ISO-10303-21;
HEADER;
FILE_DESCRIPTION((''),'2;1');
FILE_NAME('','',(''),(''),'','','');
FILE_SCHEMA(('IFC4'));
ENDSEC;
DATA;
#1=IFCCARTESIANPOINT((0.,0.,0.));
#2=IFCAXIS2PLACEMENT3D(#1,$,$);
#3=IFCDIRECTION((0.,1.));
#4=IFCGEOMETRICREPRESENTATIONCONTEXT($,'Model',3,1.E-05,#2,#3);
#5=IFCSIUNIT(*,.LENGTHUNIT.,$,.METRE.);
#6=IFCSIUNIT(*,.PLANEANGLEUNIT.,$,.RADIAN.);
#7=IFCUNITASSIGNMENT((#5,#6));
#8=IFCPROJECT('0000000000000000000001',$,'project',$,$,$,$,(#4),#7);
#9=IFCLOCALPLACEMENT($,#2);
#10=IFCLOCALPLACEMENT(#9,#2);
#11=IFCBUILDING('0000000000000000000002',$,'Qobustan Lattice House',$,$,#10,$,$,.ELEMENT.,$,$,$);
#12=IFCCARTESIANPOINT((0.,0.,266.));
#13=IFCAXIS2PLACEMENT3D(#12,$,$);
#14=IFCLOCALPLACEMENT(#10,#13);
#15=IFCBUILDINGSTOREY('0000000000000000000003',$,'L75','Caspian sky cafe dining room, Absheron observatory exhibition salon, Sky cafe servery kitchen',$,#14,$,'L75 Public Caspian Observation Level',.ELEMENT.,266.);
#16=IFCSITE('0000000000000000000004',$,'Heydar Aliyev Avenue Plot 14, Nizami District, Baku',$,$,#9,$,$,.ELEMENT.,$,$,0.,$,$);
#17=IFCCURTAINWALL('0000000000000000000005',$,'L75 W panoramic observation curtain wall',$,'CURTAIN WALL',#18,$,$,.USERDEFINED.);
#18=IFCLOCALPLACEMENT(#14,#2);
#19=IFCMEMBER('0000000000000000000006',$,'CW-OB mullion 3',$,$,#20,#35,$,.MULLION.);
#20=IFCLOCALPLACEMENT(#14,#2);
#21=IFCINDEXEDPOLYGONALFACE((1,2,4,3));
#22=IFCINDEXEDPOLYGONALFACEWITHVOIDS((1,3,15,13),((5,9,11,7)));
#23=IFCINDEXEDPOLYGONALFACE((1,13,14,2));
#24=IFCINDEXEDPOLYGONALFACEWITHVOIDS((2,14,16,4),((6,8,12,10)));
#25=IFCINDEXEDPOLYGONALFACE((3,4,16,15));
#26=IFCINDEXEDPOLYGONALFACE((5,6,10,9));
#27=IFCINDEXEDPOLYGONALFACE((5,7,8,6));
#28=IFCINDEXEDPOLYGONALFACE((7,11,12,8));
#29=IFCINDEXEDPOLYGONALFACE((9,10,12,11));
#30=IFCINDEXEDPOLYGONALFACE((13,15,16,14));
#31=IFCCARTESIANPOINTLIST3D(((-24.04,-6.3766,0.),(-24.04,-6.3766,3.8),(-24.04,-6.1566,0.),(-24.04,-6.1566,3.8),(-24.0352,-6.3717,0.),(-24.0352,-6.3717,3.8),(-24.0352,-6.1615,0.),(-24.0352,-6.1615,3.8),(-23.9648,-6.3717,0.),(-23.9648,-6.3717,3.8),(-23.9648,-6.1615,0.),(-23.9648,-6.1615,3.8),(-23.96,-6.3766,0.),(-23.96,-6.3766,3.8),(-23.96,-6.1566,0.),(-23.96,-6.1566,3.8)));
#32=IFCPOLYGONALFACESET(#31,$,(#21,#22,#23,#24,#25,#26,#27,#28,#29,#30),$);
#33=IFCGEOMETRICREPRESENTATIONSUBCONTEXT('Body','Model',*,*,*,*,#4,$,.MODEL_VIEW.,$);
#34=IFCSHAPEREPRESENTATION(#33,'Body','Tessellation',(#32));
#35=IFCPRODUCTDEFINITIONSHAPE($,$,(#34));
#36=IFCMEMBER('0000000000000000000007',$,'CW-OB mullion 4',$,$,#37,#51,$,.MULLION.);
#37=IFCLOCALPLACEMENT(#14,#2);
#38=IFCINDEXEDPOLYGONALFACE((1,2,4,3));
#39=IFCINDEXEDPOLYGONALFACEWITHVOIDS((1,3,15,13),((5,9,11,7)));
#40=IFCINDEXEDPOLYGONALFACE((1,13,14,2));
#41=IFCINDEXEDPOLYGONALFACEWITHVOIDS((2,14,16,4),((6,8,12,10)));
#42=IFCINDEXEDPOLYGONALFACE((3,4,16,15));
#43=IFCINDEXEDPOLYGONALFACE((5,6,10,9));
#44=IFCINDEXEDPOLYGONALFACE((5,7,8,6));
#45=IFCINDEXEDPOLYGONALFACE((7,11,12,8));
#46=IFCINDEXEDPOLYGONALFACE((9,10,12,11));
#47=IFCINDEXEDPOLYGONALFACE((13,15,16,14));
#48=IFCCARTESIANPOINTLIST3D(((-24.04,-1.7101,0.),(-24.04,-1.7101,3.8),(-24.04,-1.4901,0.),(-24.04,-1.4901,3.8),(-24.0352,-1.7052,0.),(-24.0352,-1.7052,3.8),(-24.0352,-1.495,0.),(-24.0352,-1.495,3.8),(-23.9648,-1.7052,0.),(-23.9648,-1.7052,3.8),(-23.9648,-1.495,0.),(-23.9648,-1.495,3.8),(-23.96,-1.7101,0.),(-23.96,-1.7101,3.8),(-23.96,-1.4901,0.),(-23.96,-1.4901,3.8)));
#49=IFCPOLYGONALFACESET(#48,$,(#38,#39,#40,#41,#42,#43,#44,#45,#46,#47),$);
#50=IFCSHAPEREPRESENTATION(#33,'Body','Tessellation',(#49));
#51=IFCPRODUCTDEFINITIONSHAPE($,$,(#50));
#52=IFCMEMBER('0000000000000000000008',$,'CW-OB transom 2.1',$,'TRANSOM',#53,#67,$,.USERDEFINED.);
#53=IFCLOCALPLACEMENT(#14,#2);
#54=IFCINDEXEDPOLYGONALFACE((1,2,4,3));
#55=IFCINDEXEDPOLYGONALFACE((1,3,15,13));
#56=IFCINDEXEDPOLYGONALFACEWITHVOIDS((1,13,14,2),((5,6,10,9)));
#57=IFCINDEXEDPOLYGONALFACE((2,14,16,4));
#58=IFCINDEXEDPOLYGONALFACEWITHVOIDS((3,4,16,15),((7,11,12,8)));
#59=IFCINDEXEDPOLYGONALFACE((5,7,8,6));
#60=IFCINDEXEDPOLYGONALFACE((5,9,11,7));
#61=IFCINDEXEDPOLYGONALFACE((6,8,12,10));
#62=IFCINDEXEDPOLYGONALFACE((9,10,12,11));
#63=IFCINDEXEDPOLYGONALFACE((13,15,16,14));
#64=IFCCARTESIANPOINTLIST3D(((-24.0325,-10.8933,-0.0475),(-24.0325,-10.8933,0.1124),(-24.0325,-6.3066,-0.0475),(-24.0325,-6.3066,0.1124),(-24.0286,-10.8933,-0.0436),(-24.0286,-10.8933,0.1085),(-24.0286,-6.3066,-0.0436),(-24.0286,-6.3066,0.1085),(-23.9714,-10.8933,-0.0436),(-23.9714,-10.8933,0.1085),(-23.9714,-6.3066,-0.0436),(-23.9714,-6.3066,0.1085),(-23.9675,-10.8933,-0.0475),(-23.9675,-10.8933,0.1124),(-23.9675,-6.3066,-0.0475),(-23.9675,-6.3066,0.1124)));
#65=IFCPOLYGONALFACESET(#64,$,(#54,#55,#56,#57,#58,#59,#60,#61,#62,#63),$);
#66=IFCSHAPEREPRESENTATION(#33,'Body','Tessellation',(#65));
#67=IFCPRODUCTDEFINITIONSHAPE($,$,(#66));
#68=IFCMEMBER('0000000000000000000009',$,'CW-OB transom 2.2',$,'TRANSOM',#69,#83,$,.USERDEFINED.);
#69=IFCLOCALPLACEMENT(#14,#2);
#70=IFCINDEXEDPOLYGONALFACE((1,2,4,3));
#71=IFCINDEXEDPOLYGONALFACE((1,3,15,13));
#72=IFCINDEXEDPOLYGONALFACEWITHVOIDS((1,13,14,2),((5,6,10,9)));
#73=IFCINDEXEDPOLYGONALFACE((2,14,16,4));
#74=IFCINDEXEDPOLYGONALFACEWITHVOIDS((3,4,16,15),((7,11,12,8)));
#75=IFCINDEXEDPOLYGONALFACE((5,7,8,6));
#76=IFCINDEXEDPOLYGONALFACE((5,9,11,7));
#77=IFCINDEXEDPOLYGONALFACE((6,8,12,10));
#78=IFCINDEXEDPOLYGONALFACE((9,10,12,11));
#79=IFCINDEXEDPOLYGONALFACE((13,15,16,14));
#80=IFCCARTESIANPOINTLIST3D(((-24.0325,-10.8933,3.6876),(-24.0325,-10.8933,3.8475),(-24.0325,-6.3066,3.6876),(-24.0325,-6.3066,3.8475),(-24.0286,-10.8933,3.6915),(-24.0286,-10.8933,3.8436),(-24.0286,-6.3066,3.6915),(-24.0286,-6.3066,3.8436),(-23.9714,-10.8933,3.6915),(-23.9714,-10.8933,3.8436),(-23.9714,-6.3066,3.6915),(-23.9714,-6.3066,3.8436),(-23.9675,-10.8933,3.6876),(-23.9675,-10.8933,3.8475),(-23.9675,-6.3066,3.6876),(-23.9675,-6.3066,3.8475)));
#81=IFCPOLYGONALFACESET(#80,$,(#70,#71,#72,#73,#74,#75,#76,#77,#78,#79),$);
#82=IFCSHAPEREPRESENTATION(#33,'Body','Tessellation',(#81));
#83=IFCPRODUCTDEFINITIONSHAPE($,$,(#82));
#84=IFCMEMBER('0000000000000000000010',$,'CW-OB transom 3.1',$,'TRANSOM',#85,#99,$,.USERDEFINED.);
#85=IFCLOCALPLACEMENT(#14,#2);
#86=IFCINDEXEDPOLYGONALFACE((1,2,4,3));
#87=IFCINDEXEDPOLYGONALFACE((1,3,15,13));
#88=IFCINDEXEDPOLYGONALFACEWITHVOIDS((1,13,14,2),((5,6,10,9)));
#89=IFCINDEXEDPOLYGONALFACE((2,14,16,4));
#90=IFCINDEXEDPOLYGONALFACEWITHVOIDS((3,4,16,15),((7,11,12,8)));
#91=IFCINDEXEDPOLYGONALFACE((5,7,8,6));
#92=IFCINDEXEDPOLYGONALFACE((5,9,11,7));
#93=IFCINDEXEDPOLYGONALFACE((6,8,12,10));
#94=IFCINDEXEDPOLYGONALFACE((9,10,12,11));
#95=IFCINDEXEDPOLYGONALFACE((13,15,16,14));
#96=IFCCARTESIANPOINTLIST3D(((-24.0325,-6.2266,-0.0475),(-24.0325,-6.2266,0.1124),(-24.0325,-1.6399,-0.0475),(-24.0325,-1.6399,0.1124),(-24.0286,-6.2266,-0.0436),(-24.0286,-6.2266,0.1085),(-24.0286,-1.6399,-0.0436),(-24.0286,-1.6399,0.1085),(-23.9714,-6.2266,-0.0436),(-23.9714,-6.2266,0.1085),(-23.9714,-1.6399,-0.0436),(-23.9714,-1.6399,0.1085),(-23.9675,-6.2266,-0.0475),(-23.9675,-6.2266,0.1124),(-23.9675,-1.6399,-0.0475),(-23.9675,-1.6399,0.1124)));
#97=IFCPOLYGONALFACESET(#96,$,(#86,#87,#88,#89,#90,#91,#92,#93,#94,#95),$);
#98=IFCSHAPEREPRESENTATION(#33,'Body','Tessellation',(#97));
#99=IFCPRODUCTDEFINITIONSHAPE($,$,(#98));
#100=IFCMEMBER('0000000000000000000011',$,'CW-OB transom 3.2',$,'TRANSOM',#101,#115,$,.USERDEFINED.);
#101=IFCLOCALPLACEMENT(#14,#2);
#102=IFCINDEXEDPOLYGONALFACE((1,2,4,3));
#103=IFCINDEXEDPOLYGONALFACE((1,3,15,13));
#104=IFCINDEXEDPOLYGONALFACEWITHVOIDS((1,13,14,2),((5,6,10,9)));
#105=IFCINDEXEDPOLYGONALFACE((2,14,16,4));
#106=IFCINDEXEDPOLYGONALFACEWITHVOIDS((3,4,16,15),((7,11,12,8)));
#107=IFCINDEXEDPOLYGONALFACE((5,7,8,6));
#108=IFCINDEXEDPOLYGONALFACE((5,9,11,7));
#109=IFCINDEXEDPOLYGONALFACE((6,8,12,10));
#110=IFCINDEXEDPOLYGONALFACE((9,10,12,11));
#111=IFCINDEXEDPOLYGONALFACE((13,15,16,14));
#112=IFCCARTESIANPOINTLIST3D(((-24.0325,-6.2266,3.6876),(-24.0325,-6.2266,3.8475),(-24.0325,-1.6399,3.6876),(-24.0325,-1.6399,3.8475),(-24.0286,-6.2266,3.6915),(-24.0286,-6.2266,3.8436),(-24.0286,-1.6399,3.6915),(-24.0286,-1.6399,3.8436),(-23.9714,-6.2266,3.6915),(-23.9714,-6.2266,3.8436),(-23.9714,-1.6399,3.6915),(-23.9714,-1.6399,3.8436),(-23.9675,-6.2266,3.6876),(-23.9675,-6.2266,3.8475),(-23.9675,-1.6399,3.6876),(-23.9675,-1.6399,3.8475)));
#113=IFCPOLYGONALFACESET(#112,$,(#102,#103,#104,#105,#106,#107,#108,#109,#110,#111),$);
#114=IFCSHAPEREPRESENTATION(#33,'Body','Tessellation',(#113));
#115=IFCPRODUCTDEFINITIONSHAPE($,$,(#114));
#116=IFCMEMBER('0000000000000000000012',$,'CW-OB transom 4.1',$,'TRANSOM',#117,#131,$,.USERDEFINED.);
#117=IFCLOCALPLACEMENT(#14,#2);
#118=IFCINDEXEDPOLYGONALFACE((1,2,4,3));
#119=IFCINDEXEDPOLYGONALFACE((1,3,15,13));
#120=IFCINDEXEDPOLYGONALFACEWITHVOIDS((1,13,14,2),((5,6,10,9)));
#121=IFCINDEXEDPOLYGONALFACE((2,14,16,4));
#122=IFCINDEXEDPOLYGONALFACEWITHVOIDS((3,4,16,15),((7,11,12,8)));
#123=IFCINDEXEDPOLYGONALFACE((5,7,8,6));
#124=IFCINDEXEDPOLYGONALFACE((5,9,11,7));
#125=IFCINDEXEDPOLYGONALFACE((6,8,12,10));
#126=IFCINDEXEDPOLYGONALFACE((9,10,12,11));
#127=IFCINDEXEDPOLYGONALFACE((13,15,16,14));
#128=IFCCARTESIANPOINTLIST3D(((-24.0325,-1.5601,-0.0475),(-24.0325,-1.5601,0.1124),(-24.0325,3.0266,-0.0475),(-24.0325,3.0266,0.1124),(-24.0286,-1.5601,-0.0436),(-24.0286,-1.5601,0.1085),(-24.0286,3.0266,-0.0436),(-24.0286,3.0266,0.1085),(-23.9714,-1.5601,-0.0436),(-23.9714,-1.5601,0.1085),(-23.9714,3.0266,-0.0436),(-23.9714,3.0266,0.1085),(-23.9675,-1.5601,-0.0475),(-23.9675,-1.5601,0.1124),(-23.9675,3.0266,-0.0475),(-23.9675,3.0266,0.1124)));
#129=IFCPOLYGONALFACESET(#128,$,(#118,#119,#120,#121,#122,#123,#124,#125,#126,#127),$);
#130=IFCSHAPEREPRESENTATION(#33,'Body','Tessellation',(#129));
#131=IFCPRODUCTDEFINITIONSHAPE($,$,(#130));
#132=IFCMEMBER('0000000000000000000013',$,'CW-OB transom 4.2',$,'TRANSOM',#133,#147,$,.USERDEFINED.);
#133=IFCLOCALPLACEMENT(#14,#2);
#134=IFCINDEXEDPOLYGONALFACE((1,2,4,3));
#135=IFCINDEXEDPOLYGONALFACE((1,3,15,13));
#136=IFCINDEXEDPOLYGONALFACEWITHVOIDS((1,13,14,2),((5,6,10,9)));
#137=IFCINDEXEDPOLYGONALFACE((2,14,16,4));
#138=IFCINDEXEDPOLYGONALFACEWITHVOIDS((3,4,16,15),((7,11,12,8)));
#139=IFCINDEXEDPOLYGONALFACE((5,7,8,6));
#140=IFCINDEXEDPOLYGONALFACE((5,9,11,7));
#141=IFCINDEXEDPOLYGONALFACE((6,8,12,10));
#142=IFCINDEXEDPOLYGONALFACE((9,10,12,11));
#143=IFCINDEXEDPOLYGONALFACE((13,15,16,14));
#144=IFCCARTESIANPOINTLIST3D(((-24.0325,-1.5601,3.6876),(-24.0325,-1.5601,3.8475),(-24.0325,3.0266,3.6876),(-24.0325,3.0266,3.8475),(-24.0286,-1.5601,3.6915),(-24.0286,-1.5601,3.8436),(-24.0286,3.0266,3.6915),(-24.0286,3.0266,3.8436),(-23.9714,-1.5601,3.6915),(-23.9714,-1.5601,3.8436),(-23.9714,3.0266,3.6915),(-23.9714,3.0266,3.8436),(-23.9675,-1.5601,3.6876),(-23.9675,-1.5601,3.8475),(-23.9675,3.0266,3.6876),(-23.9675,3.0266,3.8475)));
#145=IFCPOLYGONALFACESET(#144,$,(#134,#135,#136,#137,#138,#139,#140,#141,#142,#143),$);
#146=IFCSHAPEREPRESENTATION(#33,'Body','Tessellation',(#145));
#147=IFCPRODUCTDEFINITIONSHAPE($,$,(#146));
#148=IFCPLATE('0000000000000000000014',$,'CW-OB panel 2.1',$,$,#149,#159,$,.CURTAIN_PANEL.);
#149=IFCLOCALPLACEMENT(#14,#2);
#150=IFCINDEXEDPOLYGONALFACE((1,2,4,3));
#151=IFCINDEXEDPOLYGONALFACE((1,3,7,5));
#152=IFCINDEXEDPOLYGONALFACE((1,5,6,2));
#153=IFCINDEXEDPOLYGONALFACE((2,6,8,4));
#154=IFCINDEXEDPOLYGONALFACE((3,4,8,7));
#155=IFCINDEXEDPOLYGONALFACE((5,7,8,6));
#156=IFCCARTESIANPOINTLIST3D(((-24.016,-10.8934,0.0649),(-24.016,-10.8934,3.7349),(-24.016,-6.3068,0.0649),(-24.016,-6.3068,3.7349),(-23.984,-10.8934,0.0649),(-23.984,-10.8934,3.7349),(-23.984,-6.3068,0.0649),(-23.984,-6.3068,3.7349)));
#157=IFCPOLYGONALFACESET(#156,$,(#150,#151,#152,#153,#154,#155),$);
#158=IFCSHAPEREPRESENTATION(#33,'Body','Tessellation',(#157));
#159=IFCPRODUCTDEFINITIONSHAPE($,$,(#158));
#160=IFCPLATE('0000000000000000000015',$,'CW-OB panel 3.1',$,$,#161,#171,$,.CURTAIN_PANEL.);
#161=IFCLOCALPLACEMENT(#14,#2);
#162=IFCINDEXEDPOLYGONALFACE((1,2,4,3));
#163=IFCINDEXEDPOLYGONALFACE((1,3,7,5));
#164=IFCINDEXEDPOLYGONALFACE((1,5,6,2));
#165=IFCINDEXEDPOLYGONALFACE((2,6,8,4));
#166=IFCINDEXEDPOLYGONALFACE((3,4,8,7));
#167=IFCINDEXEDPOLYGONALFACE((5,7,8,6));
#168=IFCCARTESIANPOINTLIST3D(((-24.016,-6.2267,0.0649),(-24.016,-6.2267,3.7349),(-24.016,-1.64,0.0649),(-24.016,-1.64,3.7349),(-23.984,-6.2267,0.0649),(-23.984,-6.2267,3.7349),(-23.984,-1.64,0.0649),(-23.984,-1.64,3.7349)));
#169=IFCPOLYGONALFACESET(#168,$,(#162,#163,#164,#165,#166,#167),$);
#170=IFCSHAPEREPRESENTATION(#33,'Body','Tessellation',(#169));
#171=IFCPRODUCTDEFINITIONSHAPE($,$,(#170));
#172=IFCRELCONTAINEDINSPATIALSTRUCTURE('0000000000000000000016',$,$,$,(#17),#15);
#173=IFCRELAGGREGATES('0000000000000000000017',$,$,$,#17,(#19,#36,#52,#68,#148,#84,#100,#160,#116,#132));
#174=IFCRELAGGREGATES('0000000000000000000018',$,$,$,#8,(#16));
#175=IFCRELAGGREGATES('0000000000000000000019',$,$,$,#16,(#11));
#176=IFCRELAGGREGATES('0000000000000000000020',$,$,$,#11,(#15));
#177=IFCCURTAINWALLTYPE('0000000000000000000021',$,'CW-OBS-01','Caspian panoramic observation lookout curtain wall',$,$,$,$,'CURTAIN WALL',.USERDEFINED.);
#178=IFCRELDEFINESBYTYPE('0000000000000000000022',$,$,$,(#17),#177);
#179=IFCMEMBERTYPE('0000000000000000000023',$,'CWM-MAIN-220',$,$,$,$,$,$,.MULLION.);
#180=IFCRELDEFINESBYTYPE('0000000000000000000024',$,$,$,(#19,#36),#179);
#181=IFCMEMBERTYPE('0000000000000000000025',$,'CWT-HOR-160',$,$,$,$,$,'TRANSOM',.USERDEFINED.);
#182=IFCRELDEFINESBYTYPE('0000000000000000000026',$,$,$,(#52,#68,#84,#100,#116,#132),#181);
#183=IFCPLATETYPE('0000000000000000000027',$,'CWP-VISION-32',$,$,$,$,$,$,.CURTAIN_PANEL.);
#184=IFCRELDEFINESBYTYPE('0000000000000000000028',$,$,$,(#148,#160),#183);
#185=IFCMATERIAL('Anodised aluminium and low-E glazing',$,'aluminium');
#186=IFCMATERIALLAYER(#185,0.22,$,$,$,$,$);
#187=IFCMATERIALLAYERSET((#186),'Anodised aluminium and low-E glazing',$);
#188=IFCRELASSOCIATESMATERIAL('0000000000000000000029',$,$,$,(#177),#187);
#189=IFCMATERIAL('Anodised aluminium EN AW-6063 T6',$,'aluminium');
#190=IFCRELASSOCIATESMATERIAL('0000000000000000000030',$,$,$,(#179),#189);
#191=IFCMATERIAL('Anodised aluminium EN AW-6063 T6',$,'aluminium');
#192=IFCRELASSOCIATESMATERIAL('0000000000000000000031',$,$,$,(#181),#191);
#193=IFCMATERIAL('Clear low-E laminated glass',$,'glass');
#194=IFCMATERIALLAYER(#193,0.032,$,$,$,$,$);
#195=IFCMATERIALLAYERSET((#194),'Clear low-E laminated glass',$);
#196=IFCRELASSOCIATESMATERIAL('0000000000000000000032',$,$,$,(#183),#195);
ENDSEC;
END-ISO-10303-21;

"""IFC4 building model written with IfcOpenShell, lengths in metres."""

from ifc_helpers import new_model, si_unit, direction, frame, origin, origin_2d, place, context, subcontext, project, spatial, rectangle, hollow_rectangle, extrude, material, layer, layer_set, material_profile, profile_set, type_object, element, aggregate, save


model = new_model("IFC4")

# Units and contexts
model_context = context("Model", 3, precision=1e-05, world=origin(), true_north=direction((0.0, 1.0)))
body_context = subcontext(model_context, "Body", "Model", "MODEL_VIEW")
ifc_project = project(units=[si_unit("LENGTHUNIT", "METRE"), si_unit("PLANEANGLEUNIT", "RADIAN")], contexts=[model_context])

# Site, building, storey
site_placement = place(None, origin())
site = spatial("IfcSite", under=ifc_project, at=site_placement, Name="Heydar Aliyev Avenue Plot 14, Nizami District, Baku", CompositionType="ELEMENT", RefElevation=0.0)
building_placement = place(site_placement, origin())
building = spatial("IfcBuilding", under=site, at=building_placement, Name="Qobustan Lattice House", CompositionType="ELEMENT")
storey_placement = place(building_placement, frame((0.0, 0.0, 266.0)))
storey = spatial("IfcBuildingStorey", under=building, at=storey_placement, Name="L75", Description="Caspian sky cafe dining room, Absheron observatory exhibition salon, Sky cafe servery kitchen", LongName="L75 Public Caspian Observation Level", CompositionType="ELEMENT", Elevation=266.0)

# Curtain wall, members, plates
ifc_material_1 = material(Name="Anodised aluminium and low-E glazing", Category="aluminium")
ifc_layer_1 = layer(ifc_material_1, 0.22)
ifc_layer_set_1 = layer_set([ifc_layer_1], Name="Anodised aluminium and low-E glazing")
curtain_wall_type = type_object("IfcCurtainWallType", Name="CW-OBS-01", Description="Caspian panoramic observation lookout curtain wall", ElementType="CURTAIN WALL", PredefinedType="USERDEFINED", material=ifc_layer_set_1)
curtain_wall_placement = place(storey_placement, origin())
curtain_wall = element("IfcCurtainWall", 1, at=curtain_wall_placement, inside=storey, type_object=curtain_wall_type, Name="L75 W panoramic observation curtain wall", ObjectType="CURTAIN WALL", PredefinedType="USERDEFINED")
ifc_material_2 = material(Name="Anodised aluminium EN AW-6063 T6", Category="aluminium")
ifc_material_profile_1 = material_profile(ifc_material_2, hollow_rectangle(XDim=0.0801, YDim=0.22, WallThickness=0.0049, at=origin_2d()), Name="CWM-220x80")
ifc_profile_set_1 = profile_set([ifc_material_profile_1], Name="Anodised aluminium EN AW-6063 T6")
member_type_1 = type_object("IfcMemberType", Name="CWM-MAIN-220", PredefinedType="MULLION", material=ifc_profile_set_1)
member_1_placement = place(storey_placement, frame((-24.0, -6.2666, 0.0), z_axis=(0.0, 0.0, 1.0), x_axis=(-1.0, 0.0, 0.0)))
member_1 = element("IfcMember", 2, at=member_1_placement, type_object=member_type_1, Name="CW-OB mullion 3", PredefinedType="MULLION", context=body_context, shape_type="SweptSolid", body=[
    extrude(hollow_rectangle(XDim=0.0801, YDim=0.22, WallThickness=0.0049, at=origin_2d()), origin(), (0.0, 0.0, 1.0), 3.8),
])
member_2_placement = place(storey_placement, frame((-24.0, -1.6001, 0.0), z_axis=(0.0, 0.0, 1.0), x_axis=(-1.0, 0.0, 0.0)))
member_2 = element("IfcMember", 3, at=member_2_placement, type_object=member_type_1, Name="CW-OB mullion 4", PredefinedType="MULLION", context=body_context, shape_type="SweptSolid", body=[
    extrude(hollow_rectangle(XDim=0.0801, YDim=0.22, WallThickness=0.0049, at=origin_2d()), origin(), (0.0, 0.0, 1.0), 3.8),
])
ifc_material_3 = material(Name="Anodised aluminium EN AW-6063 T6", Category="aluminium")
ifc_material_profile_2 = material_profile(ifc_material_3, hollow_rectangle(XDim=0.0649, YDim=0.1599, WallThickness=0.0039, at=origin_2d()), Name="CWT-160x65")
ifc_profile_set_2 = profile_set([ifc_material_profile_2], Name="Anodised aluminium EN AW-6063 T6")
member_type_2 = type_object("IfcMemberType", Name="CWT-HOR-160", ElementType="TRANSOM", PredefinedType="USERDEFINED", material=ifc_profile_set_2)
member_3_placement = place(storey_placement, frame((-24.0, -10.8933, 0.0325), z_axis=(0.0, 1.0, 0.0), x_axis=(-1.0, 0.0, 0.0)))
member_3 = element("IfcMember", 4, at=member_3_placement, type_object=member_type_2, Name="CW-OB transom 2.1", ObjectType="TRANSOM", PredefinedType="USERDEFINED", context=body_context, shape_type="SweptSolid", body=[
    extrude(hollow_rectangle(XDim=0.0649, YDim=0.1599, WallThickness=0.0039, at=origin_2d()), origin(), (0.0, 0.0, 1.0), 4.5867),
])
member_4_placement = place(storey_placement, frame((-24.0, -10.8933, 3.7676), z_axis=(0.0, 1.0, 0.0), x_axis=(-1.0, 0.0, 0.0)))
member_4 = element("IfcMember", 5, at=member_4_placement, type_object=member_type_2, Name="CW-OB transom 2.2", ObjectType="TRANSOM", PredefinedType="USERDEFINED", context=body_context, shape_type="SweptSolid", body=[
    extrude(hollow_rectangle(XDim=0.0649, YDim=0.1599, WallThickness=0.0039, at=origin_2d()), origin(), (0.0, 0.0, 1.0), 4.5867),
])
member_5_placement = place(storey_placement, frame((-24.0, -6.2266, 0.0325), z_axis=(0.0, 1.0, 0.0), x_axis=(-1.0, 0.0, 0.0)))
member_5 = element("IfcMember", 6, at=member_5_placement, type_object=member_type_2, Name="CW-OB transom 3.1", ObjectType="TRANSOM", PredefinedType="USERDEFINED", context=body_context, shape_type="SweptSolid", body=[
    extrude(hollow_rectangle(XDim=0.0649, YDim=0.1599, WallThickness=0.0039, at=origin_2d()), origin(), (0.0, 0.0, 1.0), 4.5867),
])
member_6_placement = place(storey_placement, frame((-24.0, -6.2266, 3.7676), z_axis=(0.0, 1.0, 0.0), x_axis=(-1.0, 0.0, 0.0)))
member_6 = element("IfcMember", 7, at=member_6_placement, type_object=member_type_2, Name="CW-OB transom 3.2", ObjectType="TRANSOM", PredefinedType="USERDEFINED", context=body_context, shape_type="SweptSolid", body=[
    extrude(hollow_rectangle(XDim=0.0649, YDim=0.1599, WallThickness=0.0039, at=origin_2d()), origin(), (0.0, 0.0, 1.0), 4.5867),
])
member_7_placement = place(storey_placement, frame((-24.0, -1.5601, 0.0325), z_axis=(0.0, 1.0, 0.0), x_axis=(-1.0, 0.0, 0.0)))
member_7 = element("IfcMember", 8, at=member_7_placement, type_object=member_type_2, Name="CW-OB transom 4.1", ObjectType="TRANSOM", PredefinedType="USERDEFINED", context=body_context, shape_type="SweptSolid", body=[
    extrude(hollow_rectangle(XDim=0.0649, YDim=0.1599, WallThickness=0.0039, at=origin_2d()), origin(), (0.0, 0.0, 1.0), 4.5867),
])
member_8_placement = place(storey_placement, frame((-24.0, -1.5601, 3.7676), z_axis=(0.0, 1.0, 0.0), x_axis=(-1.0, 0.0, 0.0)))
member_8 = element("IfcMember", 9, at=member_8_placement, type_object=member_type_2, Name="CW-OB transom 4.2", ObjectType="TRANSOM", PredefinedType="USERDEFINED", context=body_context, shape_type="SweptSolid", body=[
    extrude(hollow_rectangle(XDim=0.0649, YDim=0.1599, WallThickness=0.0039, at=origin_2d()), origin(), (0.0, 0.0, 1.0), 4.5867),
])
ifc_material_4 = material(Name="Clear low-E laminated glass", Category="glass")
ifc_layer_2 = layer(ifc_material_4, 0.032)
ifc_layer_set_2 = layer_set([ifc_layer_2], Name="Clear low-E laminated glass")
plate_type = type_object("IfcPlateType", Name="CWP-VISION-32", PredefinedType="CURTAIN_PANEL", material=ifc_layer_set_2)
plate_1_placement = place(storey_placement, frame((-24.0, -8.6001, 0.0649), z_axis=(0.0, 0.0, 1.0), x_axis=(0.0, 1.0, 0.0)))
plate_1 = element("IfcPlate", 10, at=plate_1_placement, type_object=plate_type, Name="CW-OB panel 2.1", PredefinedType="CURTAIN_PANEL", context=body_context, shape_type="SweptSolid", body=[
    extrude(rectangle(XDim=4.5867, YDim=0.032, at=origin_2d()), origin(), (0.0, 0.0, 1.0), 3.6699),
])
plate_2_placement = place(storey_placement, frame((-24.0, -3.9333, 0.0649), z_axis=(0.0, 0.0, 1.0), x_axis=(0.0, 1.0, 0.0)))
plate_2 = element("IfcPlate", 11, at=plate_2_placement, type_object=plate_type, Name="CW-OB panel 3.1", PredefinedType="CURTAIN_PANEL", context=body_context, shape_type="SweptSolid", body=[
    extrude(rectangle(XDim=4.5867, YDim=0.032, at=origin_2d()), origin(), (0.0, 0.0, 1.0), 3.6699),
])
aggregate(curtain_wall, [member_1, member_2, member_3, member_4, plate_1, member_5, member_6, plate_2, member_7, member_8])

save(model, "model.ifc")
